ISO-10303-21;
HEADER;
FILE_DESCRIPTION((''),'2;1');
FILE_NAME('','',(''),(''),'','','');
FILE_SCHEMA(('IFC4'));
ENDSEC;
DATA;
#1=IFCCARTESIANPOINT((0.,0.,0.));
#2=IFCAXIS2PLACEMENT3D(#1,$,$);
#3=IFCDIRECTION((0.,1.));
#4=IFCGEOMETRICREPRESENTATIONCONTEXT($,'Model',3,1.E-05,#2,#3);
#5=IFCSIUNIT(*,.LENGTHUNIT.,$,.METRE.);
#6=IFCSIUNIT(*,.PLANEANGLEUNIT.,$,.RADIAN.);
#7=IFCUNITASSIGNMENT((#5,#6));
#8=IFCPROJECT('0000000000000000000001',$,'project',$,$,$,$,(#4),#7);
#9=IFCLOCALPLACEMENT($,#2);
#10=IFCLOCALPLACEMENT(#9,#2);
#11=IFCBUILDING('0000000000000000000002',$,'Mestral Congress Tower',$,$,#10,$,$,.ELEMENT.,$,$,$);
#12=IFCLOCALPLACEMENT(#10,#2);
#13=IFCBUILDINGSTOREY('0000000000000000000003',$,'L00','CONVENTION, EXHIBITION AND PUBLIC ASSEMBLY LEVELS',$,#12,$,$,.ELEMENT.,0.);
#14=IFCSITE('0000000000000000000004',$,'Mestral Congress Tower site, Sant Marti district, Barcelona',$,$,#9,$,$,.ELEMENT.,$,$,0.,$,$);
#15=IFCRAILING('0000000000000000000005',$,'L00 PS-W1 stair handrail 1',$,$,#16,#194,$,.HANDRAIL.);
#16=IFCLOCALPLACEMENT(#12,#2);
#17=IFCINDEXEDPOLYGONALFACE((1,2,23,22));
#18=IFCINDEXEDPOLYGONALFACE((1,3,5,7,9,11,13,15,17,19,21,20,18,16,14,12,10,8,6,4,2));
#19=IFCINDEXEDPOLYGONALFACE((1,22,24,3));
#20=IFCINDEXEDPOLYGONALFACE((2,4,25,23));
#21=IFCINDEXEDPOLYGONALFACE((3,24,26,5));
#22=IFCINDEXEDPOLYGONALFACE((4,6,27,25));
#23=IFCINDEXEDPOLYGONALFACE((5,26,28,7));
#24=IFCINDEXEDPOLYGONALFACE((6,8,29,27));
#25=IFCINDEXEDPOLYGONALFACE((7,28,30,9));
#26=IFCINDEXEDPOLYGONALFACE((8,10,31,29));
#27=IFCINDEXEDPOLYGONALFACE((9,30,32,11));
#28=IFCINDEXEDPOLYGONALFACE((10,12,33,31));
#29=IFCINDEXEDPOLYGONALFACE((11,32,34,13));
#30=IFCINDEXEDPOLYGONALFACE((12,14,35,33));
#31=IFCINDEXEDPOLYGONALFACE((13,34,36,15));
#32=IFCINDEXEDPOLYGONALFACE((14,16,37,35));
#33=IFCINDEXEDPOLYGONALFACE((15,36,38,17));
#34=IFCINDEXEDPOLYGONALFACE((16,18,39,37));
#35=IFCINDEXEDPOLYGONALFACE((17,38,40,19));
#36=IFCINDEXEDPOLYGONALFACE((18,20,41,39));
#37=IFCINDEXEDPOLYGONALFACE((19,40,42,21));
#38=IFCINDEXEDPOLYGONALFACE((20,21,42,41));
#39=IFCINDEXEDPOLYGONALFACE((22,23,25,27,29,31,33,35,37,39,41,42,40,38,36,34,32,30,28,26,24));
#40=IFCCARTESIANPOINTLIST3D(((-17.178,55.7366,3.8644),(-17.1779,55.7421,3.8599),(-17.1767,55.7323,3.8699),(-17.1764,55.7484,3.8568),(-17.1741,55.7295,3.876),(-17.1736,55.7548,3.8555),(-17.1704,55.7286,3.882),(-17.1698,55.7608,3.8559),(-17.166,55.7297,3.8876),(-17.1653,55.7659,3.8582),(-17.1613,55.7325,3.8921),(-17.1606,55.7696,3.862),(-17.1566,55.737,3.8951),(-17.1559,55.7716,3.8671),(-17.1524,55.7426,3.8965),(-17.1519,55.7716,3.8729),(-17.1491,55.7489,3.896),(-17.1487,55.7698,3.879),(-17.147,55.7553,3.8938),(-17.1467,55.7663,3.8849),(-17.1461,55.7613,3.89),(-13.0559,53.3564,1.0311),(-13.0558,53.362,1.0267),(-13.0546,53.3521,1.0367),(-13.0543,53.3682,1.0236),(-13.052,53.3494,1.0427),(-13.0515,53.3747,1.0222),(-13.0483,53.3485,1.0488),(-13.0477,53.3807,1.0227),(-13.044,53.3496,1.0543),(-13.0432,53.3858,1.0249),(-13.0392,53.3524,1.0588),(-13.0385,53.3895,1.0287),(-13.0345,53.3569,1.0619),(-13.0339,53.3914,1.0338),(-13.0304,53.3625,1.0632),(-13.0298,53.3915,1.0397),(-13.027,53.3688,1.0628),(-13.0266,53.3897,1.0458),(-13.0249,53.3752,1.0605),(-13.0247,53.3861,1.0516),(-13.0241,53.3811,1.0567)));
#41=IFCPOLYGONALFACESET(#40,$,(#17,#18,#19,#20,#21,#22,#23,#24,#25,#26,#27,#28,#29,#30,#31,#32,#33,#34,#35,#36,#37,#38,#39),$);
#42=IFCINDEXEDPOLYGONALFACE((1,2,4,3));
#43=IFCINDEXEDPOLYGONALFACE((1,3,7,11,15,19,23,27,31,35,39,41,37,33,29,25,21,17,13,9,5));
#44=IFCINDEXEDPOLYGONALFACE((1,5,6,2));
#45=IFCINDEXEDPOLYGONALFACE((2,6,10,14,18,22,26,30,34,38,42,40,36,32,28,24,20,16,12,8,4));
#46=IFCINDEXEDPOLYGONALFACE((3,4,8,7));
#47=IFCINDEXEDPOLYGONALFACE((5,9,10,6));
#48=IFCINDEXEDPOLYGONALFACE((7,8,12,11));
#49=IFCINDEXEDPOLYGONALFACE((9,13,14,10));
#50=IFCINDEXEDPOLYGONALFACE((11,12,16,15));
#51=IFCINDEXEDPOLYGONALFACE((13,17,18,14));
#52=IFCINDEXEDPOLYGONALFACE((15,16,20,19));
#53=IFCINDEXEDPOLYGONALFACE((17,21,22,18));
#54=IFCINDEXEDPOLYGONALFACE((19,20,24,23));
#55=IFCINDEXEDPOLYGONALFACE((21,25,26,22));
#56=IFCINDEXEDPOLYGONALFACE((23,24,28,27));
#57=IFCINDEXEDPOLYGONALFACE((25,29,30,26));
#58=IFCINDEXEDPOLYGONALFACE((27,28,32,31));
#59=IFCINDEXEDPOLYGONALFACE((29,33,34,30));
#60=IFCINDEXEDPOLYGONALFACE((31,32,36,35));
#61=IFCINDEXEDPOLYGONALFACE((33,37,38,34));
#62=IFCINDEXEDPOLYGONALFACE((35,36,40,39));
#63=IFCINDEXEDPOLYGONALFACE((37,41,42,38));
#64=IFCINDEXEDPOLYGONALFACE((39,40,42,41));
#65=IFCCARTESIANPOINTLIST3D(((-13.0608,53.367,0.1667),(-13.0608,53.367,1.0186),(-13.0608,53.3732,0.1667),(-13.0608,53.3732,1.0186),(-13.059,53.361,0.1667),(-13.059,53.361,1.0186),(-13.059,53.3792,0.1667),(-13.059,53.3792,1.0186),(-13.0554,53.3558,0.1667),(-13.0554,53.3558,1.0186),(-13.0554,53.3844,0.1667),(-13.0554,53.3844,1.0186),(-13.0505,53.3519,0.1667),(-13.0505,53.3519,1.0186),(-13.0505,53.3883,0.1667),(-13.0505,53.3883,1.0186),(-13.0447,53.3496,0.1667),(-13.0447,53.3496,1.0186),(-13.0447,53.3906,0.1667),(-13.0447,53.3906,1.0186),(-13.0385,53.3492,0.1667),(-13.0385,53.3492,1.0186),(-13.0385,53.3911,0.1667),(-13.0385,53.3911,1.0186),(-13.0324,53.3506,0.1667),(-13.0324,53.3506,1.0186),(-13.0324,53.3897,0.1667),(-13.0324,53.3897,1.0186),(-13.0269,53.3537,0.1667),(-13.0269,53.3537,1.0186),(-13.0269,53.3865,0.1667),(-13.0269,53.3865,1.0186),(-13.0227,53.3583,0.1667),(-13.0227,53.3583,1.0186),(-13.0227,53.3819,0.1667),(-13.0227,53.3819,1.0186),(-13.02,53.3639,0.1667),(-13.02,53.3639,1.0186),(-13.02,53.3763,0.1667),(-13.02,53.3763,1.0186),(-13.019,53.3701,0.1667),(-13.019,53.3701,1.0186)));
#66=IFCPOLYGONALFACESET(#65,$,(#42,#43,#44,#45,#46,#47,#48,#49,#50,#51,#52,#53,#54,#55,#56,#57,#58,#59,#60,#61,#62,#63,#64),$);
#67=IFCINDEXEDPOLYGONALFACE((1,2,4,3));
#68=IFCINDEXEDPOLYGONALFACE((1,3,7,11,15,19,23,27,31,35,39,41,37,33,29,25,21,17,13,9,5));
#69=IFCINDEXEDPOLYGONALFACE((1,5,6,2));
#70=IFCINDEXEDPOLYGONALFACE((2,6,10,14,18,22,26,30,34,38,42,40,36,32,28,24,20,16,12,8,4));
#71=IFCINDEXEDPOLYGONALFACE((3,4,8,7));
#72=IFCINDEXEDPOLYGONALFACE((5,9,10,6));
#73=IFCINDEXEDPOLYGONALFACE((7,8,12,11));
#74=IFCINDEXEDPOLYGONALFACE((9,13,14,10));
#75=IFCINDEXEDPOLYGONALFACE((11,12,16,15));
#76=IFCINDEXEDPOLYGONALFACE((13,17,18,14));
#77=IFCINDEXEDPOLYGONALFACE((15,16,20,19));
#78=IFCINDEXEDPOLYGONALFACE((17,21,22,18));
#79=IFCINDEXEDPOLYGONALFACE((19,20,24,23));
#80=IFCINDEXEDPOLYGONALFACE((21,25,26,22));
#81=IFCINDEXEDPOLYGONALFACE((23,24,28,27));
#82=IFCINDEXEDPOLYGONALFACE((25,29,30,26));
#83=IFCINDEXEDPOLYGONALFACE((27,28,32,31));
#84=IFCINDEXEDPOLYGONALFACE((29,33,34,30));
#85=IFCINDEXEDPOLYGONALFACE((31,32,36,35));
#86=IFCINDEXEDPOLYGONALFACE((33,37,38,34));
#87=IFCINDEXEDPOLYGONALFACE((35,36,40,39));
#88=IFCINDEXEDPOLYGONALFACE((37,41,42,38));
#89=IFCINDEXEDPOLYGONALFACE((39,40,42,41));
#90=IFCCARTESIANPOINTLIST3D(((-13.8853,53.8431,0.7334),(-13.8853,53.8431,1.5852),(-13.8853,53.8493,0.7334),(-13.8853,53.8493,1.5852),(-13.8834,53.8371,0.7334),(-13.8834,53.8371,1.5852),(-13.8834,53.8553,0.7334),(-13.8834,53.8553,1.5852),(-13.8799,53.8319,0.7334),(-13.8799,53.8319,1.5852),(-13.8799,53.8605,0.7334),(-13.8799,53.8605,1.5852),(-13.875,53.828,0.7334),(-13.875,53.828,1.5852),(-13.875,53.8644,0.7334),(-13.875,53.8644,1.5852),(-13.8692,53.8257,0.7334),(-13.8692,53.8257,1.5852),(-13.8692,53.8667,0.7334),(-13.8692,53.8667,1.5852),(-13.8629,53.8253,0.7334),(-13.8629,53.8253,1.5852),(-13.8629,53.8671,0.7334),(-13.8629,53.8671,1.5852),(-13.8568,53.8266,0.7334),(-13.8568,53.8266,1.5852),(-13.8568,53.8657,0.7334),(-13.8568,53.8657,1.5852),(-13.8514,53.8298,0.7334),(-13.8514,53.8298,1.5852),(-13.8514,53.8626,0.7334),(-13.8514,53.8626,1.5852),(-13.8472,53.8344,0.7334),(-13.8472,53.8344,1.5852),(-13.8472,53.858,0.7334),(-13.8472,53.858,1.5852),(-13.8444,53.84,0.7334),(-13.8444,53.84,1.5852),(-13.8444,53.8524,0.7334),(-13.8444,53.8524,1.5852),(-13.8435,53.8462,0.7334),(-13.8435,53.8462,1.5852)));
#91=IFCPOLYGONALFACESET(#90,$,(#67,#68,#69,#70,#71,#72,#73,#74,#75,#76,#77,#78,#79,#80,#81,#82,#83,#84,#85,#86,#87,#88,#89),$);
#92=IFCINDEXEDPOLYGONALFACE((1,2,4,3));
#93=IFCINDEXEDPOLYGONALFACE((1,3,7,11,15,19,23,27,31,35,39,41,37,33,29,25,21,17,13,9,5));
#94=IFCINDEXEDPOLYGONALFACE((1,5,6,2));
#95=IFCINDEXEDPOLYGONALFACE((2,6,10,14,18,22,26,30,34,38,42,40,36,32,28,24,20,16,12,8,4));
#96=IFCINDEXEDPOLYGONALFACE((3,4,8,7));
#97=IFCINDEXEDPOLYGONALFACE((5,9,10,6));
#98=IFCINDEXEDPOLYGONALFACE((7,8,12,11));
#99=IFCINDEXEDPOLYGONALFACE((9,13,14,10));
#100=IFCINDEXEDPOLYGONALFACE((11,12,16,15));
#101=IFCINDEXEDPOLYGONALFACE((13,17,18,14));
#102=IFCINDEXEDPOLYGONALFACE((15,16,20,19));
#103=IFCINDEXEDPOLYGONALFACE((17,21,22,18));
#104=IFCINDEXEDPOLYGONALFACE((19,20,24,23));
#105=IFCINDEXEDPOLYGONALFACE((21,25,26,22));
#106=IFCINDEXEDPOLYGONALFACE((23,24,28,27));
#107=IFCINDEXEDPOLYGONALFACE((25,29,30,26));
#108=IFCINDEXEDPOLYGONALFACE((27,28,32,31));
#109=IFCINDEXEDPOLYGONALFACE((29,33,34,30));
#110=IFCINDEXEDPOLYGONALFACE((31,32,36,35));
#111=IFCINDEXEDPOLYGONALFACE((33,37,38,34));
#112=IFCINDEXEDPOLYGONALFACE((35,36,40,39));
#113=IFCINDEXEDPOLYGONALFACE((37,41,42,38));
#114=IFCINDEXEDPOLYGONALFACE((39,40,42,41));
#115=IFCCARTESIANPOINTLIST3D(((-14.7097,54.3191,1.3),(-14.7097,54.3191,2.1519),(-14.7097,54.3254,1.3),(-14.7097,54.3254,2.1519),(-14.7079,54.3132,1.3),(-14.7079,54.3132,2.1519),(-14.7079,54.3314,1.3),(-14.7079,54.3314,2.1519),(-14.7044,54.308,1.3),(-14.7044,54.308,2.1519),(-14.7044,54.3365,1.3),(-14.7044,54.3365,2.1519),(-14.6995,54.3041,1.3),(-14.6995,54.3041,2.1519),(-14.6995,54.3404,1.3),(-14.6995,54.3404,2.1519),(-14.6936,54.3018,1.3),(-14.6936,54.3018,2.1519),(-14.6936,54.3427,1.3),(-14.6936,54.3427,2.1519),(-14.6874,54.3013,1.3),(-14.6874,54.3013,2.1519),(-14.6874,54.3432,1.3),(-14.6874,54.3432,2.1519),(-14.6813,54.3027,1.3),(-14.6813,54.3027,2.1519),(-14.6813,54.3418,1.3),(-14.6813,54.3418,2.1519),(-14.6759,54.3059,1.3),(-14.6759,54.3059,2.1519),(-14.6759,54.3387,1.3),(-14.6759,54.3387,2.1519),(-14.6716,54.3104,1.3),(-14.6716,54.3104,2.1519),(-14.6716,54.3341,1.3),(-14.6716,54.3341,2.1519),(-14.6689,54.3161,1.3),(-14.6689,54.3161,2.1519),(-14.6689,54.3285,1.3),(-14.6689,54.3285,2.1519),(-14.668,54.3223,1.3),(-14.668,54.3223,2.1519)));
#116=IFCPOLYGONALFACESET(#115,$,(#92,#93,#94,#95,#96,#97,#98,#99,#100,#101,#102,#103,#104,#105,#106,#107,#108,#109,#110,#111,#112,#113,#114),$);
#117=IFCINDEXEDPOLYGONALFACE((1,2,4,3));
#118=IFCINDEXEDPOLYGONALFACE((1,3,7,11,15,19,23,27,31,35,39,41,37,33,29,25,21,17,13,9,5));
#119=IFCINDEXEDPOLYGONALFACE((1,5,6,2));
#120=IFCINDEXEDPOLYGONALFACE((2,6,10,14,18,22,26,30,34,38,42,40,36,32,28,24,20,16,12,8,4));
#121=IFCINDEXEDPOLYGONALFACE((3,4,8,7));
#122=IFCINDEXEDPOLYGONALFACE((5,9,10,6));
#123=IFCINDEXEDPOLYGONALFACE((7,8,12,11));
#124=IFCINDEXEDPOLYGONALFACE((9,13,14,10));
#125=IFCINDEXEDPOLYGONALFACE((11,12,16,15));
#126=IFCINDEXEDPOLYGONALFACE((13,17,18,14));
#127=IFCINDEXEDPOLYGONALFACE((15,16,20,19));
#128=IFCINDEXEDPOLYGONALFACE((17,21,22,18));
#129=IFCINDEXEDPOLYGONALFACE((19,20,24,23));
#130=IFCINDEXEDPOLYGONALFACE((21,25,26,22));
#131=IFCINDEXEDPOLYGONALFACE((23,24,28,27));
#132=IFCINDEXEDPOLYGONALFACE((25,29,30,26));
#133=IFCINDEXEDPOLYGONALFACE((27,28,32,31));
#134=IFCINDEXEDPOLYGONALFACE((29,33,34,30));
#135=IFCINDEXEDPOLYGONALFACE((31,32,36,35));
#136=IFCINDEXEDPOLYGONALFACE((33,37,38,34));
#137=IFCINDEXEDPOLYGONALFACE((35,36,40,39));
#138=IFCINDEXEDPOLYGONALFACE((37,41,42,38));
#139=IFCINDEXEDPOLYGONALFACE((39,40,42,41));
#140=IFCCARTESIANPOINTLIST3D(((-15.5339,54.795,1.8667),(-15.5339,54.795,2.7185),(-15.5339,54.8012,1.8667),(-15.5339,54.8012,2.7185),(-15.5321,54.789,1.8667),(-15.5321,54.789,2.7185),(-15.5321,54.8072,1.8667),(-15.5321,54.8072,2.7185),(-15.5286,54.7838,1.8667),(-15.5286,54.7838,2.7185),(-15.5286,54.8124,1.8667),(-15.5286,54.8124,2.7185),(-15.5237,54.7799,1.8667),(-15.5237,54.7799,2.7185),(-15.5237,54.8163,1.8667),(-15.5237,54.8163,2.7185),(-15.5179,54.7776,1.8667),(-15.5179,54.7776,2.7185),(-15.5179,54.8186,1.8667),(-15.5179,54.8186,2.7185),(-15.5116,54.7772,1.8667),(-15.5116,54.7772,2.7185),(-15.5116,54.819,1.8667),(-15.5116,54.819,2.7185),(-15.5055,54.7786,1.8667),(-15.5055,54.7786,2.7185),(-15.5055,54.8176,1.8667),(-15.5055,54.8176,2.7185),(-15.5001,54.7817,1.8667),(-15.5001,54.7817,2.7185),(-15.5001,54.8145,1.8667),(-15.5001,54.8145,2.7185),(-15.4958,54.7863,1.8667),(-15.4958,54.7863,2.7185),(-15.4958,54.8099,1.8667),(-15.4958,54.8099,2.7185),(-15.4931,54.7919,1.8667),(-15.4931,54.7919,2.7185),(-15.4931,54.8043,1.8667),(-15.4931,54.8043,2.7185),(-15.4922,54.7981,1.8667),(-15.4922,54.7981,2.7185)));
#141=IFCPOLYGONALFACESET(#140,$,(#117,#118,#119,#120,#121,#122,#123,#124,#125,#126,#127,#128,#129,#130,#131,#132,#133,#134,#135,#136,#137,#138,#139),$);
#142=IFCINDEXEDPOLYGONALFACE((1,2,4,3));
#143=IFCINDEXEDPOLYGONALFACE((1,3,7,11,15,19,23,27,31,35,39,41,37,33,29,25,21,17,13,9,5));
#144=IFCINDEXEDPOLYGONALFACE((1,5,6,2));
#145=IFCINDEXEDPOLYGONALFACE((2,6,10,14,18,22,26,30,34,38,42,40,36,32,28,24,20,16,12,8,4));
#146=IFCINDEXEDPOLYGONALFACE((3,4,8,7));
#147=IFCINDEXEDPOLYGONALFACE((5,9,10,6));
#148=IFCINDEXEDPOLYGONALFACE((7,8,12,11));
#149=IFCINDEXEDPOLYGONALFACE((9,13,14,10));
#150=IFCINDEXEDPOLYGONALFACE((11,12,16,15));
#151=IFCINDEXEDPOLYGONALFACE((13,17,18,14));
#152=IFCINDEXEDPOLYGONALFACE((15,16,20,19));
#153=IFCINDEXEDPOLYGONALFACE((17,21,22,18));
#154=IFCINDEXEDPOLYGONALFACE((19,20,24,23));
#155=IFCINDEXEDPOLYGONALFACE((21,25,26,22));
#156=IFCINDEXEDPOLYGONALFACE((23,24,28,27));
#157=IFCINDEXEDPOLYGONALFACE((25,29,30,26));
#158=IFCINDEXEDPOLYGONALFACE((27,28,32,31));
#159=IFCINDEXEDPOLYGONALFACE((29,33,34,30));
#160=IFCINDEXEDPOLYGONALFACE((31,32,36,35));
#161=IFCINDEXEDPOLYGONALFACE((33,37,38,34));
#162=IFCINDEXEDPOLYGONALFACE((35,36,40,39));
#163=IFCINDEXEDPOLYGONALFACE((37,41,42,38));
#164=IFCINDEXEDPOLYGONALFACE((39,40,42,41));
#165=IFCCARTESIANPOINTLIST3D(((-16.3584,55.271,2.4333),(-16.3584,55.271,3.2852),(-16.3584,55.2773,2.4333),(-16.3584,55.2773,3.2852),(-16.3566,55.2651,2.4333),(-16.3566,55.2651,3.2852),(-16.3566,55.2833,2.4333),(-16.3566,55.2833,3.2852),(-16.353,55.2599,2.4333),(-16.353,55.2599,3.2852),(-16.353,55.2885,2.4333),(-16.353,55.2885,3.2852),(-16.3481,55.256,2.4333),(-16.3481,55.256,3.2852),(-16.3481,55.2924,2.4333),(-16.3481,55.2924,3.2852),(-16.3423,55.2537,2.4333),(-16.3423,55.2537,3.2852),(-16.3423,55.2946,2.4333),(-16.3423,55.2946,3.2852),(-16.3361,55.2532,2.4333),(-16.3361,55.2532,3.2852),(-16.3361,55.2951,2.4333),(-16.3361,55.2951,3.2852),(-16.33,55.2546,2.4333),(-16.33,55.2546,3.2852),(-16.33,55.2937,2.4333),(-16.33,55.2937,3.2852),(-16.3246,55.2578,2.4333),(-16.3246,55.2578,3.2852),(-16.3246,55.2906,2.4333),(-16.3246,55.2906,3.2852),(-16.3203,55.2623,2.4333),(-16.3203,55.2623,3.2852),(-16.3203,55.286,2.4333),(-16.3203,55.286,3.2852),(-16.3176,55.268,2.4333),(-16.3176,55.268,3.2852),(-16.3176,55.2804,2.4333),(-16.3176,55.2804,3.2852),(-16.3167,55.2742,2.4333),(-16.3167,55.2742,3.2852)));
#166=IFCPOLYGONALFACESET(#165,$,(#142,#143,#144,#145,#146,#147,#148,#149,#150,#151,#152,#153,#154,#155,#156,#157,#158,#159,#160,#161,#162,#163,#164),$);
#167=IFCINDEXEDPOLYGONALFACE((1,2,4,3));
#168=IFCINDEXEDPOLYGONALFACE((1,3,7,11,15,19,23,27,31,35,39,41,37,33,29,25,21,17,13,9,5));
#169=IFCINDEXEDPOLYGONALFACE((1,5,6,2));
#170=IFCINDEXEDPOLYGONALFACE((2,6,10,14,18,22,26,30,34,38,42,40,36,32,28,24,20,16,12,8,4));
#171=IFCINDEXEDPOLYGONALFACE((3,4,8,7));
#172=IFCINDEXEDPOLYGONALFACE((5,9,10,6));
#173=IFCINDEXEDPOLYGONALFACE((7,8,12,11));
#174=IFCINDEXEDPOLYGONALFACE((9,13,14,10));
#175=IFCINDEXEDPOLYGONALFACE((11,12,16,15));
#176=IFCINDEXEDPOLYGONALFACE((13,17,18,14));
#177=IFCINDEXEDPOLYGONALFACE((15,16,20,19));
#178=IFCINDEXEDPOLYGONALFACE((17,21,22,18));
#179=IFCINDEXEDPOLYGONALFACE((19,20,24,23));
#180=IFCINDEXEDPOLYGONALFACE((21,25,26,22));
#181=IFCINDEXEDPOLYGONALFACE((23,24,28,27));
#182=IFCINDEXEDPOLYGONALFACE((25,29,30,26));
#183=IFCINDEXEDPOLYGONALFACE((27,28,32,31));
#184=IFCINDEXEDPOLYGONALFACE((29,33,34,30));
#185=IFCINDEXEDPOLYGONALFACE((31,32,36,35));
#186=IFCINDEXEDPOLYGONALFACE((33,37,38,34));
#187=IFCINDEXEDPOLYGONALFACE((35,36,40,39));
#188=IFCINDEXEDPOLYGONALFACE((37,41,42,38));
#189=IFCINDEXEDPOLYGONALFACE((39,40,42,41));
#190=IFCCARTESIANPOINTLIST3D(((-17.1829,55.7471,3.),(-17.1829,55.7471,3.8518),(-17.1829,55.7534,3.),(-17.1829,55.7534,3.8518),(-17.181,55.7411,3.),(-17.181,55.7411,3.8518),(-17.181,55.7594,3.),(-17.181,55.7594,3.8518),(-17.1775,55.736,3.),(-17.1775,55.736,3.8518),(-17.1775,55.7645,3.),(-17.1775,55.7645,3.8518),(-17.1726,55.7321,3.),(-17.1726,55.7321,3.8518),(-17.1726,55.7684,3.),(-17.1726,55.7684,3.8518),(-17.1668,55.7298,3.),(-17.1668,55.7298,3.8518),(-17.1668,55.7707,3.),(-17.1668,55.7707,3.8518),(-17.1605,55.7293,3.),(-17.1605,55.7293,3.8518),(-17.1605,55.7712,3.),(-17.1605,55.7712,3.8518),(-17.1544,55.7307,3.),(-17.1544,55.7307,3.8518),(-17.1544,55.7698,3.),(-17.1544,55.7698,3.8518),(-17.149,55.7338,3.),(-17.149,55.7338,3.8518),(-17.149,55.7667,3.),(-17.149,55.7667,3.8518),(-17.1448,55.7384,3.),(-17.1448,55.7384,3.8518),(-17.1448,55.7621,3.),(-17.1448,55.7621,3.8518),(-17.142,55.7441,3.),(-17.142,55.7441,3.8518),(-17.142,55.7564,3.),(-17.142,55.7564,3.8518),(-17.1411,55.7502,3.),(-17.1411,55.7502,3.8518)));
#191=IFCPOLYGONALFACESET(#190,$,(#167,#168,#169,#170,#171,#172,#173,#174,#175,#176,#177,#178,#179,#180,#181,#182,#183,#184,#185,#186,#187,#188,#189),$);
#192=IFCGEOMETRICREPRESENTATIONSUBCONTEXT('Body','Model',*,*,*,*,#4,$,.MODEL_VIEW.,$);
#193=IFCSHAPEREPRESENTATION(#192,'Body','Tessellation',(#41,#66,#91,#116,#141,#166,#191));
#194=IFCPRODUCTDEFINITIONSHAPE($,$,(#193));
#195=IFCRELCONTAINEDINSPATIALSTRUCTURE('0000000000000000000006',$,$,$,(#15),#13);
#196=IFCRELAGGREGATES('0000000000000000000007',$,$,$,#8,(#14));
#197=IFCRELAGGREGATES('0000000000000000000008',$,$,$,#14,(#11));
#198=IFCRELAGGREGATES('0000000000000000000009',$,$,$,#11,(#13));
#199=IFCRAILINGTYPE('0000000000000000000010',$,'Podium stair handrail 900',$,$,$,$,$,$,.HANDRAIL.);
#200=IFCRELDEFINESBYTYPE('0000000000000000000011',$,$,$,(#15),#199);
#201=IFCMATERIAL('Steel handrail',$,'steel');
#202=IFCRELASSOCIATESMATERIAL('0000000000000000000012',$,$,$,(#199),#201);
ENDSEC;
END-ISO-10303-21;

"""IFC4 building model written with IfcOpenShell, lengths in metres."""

from ifc_helpers import new_model, si_unit, direction, frame, origin, origin_2d, place, context, subcontext, project, spatial, circle, extrude, material, type_object, element, save


model = new_model("IFC4")

# Units and contexts
model_context = context("Model", 3, precision=1e-05, world=origin(), true_north=direction((0.0, 1.0)))
body_context = subcontext(model_context, "Body", "Model", "MODEL_VIEW")
ifc_project = project(units=[si_unit("LENGTHUNIT", "METRE"), si_unit("PLANEANGLEUNIT", "RADIAN")], contexts=[model_context])

# Site, building, storey
site_placement = place(None, origin())
site = spatial("IfcSite", under=ifc_project, at=site_placement, Name="Mestral Congress Tower site, Sant Marti district, Barcelona", CompositionType="ELEMENT", RefElevation=0.0)
building_placement = place(site_placement, origin())
building = spatial("IfcBuilding", under=site, at=building_placement, Name="Mestral Congress Tower", CompositionType="ELEMENT")
storey_placement = place(building_placement, origin())
storey = spatial("IfcBuildingStorey", under=building, at=storey_placement, Name="L00", Description="CONVENTION, EXHIBITION AND PUBLIC ASSEMBLY LEVELS", CompositionType="ELEMENT", Elevation=0.0)

# Railing
ifc_material_1 = material(Name="Steel handrail", Category="steel")
railing_type_1 = type_object("IfcRailingType", Name="Podium stair handrail 900", PredefinedType="HANDRAIL", material=ifc_material_1)
railing_1_placement = place(storey_placement, frame((-13.04, 53.3701, 0.1667)))
element("IfcRailing", 1, at=railing_1_placement, inside=storey, type_object=railing_type_1, Name="L00 PS-W1 stair handrail 1", PredefinedType="HANDRAIL", context=body_context, shape_type="SweptSolid", body=[
    extrude(circle(Radius=0.0239, at=origin_2d()), frame((0.0, 0.0, 0.876), z_axis=(-0.744151, 0.429681, 0.511482), x_axis=(-0.500039, -0.866003, 0.0)), (0.0, 0.0, 1.0), 5.5393),
    extrude(circle(Radius=0.021, at=origin_2d()), origin(), (0.0, 0.0, 1.0), 0.8518),
    extrude(circle(Radius=0.021, at=origin_2d()), frame((-0.8245, 0.4761, 0.5667)), (0.0, 0.0, 1.0), 0.8518),
    extrude(circle(Radius=0.021, at=origin_2d()), frame((-1.6489, 0.9521, 1.1333)), (0.0, 0.0, 1.0), 0.8518),
    extrude(circle(Radius=0.021, at=origin_2d()), frame((-2.4731, 1.428, 1.7)), (0.0, 0.0, 1.0), 0.8518),
    extrude(circle(Radius=0.021, at=origin_2d()), frame((-3.2976, 1.9041, 2.2666)), (0.0, 0.0, 1.0), 0.8518),
    extrude(circle(Radius=0.021, at=origin_2d()), frame((-4.1221, 2.3801, 2.8333)), (0.0, 0.0, 1.0), 0.8518),
])

save(model, "model.ifc")
